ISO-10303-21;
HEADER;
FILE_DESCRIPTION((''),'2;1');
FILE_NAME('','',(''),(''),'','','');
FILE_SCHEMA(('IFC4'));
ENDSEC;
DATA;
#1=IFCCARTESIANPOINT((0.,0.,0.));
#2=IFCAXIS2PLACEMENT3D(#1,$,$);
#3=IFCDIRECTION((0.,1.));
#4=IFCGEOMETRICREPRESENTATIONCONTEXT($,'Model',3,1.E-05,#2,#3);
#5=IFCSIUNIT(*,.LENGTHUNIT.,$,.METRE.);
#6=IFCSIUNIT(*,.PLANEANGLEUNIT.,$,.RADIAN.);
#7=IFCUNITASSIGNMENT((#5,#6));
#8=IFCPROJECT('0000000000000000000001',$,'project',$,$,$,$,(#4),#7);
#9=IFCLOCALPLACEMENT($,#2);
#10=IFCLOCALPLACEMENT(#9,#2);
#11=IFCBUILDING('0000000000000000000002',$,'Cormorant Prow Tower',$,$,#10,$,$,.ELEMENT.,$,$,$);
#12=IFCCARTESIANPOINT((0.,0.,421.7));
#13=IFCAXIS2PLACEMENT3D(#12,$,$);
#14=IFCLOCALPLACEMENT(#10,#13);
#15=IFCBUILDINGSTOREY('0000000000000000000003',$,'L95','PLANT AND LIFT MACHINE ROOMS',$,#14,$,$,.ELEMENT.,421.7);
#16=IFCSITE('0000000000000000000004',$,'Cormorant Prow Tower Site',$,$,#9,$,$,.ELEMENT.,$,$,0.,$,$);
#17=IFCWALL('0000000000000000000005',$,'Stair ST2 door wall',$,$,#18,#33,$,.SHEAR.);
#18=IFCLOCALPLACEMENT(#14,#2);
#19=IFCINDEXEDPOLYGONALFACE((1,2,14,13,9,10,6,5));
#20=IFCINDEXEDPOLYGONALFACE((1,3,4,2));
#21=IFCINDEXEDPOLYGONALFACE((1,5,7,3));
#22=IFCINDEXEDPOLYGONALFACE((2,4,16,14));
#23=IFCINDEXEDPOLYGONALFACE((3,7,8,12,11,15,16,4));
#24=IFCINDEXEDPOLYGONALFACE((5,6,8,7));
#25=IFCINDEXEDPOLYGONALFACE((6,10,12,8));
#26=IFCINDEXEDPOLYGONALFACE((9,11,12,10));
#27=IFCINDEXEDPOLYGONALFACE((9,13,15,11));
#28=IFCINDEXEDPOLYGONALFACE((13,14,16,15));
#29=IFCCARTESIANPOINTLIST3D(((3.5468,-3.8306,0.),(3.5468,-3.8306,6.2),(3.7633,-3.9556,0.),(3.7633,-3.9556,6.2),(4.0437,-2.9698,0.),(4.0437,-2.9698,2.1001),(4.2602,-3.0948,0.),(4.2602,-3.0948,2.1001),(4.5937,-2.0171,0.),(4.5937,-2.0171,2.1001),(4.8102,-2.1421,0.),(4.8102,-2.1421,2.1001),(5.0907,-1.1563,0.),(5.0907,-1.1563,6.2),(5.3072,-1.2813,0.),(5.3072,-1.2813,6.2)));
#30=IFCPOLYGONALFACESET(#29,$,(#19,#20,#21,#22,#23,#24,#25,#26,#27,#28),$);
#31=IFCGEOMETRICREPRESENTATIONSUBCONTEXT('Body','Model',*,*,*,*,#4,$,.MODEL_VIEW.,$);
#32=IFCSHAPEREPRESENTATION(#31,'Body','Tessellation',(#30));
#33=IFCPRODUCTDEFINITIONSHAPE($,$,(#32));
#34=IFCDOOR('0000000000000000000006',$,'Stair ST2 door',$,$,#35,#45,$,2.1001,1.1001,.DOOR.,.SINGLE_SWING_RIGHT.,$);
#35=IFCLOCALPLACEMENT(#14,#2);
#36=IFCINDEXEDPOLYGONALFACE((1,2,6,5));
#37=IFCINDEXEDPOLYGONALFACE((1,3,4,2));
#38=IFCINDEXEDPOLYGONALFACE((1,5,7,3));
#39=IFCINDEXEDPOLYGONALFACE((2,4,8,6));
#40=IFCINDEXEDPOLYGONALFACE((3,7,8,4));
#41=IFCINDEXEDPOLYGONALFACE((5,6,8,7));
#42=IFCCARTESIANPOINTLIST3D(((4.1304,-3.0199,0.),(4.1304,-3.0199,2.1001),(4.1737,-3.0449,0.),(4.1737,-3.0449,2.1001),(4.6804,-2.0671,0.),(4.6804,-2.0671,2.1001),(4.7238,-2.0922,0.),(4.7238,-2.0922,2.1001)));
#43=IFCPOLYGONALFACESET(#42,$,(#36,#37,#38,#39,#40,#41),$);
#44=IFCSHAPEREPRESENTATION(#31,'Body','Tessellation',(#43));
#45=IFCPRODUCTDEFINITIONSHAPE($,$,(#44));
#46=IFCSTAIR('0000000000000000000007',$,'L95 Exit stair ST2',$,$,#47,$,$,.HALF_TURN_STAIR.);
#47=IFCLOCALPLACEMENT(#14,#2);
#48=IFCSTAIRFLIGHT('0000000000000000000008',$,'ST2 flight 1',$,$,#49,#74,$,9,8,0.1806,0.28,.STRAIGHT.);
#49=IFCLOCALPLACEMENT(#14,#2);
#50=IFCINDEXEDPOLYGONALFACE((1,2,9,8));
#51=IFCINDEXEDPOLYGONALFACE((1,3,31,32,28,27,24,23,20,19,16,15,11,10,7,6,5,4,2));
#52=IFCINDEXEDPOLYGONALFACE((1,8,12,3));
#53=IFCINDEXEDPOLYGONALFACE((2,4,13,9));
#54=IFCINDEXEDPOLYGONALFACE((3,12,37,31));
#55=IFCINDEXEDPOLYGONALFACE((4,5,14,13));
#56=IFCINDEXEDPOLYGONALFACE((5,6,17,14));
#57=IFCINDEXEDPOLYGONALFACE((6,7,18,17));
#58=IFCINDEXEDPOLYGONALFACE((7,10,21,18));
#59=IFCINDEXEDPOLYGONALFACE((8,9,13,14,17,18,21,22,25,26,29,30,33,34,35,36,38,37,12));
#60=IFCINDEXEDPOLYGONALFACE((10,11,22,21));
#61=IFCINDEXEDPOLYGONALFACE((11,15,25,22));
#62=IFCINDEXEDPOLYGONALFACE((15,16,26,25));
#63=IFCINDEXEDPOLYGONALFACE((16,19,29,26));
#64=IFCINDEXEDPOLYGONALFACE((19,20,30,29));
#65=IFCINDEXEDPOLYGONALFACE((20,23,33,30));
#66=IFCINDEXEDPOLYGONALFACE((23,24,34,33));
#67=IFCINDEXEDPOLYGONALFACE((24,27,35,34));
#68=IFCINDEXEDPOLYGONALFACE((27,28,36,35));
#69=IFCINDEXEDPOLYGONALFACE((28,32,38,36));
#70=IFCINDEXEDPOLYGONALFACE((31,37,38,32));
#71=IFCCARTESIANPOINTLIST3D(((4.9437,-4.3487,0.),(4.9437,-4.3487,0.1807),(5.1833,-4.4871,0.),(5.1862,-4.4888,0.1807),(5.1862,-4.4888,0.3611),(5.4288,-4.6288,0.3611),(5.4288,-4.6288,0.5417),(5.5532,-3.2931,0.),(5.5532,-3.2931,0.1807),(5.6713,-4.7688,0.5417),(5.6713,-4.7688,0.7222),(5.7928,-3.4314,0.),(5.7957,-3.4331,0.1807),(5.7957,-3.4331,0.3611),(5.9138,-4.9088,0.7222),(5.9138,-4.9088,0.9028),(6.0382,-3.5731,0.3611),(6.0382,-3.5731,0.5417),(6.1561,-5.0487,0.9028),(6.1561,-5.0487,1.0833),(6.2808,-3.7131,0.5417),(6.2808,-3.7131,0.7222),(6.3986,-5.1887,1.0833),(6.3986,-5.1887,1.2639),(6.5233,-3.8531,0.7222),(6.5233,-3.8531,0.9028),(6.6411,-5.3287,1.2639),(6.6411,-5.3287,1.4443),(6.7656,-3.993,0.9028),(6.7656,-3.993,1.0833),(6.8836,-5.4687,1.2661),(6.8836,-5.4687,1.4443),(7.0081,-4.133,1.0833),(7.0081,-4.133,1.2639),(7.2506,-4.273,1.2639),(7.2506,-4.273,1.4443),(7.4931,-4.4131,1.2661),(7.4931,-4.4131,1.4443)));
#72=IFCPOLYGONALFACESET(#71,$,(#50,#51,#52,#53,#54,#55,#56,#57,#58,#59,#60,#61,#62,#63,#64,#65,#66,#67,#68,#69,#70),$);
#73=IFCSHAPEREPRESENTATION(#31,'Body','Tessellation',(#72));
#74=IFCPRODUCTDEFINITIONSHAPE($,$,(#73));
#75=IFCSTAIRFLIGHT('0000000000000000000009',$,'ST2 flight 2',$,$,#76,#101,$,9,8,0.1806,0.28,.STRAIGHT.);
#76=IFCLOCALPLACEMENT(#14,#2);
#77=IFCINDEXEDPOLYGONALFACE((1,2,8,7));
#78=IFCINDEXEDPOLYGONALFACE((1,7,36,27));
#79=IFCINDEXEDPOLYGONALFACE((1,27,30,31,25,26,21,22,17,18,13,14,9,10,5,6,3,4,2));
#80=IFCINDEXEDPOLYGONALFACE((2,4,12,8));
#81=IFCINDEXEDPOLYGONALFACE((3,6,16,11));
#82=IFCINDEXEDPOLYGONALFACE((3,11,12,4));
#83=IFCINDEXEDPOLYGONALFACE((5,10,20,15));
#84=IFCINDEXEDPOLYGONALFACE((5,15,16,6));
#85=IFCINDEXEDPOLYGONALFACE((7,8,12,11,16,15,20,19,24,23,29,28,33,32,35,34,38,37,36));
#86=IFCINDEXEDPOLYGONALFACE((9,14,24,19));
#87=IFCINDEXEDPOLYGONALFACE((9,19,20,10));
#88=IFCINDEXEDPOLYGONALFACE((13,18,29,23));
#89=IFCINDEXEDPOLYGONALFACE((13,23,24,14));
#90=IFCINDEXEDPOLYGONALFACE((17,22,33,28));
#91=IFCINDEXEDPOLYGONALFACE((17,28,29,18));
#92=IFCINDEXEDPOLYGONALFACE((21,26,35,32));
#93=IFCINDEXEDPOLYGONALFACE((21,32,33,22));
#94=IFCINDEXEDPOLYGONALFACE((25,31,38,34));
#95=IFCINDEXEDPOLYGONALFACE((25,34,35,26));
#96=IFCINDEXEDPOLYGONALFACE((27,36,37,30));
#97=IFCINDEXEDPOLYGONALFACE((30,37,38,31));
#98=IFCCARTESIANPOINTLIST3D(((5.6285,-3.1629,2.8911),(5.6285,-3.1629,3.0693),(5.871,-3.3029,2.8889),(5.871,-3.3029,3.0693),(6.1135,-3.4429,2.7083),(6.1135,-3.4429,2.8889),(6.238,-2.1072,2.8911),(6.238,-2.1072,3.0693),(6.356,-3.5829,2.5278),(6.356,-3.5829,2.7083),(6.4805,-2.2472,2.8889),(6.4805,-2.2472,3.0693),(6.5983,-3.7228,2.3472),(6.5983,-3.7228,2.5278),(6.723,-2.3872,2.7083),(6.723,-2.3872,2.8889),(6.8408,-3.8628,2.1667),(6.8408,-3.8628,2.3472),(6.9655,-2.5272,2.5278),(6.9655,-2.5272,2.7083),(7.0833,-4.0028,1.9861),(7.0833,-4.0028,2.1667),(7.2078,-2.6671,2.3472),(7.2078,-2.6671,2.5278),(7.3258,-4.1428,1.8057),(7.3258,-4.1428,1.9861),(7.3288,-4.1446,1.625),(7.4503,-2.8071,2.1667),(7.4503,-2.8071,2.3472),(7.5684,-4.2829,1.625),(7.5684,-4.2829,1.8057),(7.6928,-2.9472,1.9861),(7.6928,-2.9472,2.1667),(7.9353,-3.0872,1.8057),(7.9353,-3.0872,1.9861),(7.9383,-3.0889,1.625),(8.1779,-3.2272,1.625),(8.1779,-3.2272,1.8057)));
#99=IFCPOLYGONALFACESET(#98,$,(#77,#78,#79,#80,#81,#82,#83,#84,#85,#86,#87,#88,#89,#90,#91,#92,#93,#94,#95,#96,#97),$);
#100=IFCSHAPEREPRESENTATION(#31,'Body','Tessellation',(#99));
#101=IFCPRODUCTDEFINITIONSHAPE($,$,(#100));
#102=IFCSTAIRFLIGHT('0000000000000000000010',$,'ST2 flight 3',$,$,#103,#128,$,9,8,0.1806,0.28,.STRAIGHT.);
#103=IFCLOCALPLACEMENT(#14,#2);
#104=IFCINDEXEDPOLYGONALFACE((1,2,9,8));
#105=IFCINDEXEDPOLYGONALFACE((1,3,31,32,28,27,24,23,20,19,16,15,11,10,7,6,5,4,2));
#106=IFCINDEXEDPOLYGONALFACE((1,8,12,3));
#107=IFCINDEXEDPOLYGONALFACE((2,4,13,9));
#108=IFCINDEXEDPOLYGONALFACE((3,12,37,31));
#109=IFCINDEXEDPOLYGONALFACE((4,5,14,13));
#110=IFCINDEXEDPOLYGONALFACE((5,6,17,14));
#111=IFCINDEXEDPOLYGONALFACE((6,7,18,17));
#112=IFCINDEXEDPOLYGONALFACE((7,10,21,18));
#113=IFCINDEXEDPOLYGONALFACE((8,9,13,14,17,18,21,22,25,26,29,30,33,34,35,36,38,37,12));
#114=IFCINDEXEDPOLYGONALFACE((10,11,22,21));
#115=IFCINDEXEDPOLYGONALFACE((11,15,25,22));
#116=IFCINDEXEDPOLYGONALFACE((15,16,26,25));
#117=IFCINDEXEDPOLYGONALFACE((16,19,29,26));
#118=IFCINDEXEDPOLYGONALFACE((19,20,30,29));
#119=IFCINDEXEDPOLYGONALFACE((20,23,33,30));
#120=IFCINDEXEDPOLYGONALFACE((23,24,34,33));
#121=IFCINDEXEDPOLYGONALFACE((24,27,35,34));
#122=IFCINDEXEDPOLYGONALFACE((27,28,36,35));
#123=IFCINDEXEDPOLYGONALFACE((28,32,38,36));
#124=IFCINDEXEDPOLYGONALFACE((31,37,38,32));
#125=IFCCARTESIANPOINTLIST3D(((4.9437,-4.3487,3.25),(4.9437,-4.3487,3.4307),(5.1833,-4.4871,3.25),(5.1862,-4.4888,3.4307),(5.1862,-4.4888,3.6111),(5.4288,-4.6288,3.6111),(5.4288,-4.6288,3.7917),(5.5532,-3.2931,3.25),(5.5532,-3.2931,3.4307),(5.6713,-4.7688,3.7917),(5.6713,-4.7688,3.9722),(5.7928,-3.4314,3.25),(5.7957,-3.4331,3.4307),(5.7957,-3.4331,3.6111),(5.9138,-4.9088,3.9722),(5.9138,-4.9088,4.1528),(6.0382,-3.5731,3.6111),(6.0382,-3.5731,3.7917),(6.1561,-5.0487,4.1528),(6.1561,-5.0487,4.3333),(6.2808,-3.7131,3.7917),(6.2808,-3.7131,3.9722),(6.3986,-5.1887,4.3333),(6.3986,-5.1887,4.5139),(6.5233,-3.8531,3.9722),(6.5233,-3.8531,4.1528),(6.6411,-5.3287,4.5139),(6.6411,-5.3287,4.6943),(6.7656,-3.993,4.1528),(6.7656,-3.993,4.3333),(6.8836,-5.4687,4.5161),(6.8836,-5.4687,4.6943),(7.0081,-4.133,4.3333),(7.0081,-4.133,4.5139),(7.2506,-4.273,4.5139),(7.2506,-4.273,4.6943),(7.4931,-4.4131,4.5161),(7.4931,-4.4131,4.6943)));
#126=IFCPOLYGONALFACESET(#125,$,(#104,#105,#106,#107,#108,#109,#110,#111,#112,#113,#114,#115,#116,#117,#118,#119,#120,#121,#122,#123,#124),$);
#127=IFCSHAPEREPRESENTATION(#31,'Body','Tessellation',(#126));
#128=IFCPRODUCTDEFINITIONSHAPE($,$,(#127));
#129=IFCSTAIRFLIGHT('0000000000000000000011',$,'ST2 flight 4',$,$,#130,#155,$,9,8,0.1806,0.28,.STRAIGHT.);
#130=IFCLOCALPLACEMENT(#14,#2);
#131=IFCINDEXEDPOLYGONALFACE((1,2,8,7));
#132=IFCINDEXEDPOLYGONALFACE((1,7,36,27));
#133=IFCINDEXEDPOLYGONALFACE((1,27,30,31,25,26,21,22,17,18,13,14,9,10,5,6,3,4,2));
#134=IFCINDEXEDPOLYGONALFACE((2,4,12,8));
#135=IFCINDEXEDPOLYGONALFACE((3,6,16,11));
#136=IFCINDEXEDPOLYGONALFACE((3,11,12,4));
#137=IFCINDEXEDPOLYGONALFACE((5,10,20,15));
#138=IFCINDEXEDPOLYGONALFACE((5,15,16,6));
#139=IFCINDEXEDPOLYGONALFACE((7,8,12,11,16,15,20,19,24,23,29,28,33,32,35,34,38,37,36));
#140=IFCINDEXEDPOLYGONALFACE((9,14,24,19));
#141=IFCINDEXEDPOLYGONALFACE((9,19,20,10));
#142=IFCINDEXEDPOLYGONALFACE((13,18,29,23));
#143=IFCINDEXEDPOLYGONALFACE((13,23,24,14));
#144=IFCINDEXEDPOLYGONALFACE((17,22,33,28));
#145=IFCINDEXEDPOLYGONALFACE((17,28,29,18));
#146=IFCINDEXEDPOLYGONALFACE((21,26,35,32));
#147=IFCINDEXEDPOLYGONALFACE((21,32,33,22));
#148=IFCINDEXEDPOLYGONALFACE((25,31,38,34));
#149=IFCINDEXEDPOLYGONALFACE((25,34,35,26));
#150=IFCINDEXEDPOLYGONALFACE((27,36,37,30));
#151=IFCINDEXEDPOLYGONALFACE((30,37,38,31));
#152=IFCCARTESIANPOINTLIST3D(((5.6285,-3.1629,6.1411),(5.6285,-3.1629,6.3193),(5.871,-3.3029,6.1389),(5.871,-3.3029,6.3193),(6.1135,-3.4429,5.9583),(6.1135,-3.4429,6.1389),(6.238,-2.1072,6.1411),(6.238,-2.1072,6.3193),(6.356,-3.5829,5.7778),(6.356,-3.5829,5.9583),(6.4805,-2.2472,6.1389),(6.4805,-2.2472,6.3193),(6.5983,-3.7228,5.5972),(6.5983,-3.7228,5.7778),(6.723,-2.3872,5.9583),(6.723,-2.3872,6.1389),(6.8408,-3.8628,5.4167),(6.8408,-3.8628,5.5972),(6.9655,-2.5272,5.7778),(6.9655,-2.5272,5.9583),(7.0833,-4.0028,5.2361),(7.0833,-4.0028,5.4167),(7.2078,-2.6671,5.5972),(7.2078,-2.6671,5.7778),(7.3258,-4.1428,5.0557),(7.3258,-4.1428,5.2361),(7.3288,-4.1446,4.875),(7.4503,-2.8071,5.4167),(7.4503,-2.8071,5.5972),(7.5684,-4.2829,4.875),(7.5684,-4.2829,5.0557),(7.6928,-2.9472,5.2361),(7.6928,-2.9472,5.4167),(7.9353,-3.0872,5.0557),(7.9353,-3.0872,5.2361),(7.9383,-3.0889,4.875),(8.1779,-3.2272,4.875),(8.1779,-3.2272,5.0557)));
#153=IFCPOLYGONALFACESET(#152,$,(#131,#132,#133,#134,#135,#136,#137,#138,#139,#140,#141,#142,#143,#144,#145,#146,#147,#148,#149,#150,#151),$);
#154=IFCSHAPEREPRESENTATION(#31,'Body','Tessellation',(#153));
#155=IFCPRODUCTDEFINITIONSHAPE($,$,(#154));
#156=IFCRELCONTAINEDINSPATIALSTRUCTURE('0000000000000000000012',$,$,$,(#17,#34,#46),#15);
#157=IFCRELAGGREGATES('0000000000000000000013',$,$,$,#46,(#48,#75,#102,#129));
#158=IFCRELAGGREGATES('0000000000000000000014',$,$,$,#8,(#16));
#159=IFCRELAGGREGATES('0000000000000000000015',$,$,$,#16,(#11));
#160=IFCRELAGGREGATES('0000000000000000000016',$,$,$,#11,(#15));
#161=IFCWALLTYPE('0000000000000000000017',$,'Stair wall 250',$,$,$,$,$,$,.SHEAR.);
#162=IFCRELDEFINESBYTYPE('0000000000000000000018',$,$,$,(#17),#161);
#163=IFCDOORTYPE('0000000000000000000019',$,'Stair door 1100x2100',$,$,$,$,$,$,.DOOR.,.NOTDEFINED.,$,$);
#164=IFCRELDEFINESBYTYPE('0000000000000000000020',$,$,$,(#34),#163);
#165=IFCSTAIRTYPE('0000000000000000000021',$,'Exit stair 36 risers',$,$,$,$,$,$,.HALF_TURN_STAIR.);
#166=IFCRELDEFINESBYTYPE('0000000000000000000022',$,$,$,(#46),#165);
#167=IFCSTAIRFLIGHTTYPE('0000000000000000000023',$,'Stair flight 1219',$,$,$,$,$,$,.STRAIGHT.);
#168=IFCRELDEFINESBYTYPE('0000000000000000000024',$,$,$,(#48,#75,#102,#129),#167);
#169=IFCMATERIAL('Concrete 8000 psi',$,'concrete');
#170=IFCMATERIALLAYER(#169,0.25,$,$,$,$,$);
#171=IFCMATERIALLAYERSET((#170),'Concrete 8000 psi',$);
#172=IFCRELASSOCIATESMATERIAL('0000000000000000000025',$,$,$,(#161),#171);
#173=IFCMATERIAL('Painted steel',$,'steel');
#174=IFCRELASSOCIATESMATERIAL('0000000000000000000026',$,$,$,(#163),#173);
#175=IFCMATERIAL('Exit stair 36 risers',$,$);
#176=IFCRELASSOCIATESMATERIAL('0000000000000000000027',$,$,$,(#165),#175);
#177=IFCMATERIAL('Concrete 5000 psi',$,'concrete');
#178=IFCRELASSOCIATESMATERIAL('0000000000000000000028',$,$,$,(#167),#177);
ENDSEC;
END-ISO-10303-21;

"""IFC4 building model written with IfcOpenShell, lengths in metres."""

from ifc_helpers import new_model, si_unit, direction, frame, frame_2d, origin, place, context, subcontext, project, spatial, polyline, rectangle, outline, extrude, material, layer, layer_set, type_object, element, fill, aggregate, save


model = new_model("IFC4")

# Units and contexts
model_context = context("Model", 3, precision=1e-05, world=origin(), true_north=direction((0.0, 1.0)))
body_context = subcontext(model_context, "Body", "Model", "MODEL_VIEW")
ifc_project = project(units=[si_unit("LENGTHUNIT", "METRE"), si_unit("PLANEANGLEUNIT", "RADIAN")], contexts=[model_context])

# Site, building, storey
site_placement = place(None, origin())
site = spatial("IfcSite", under=ifc_project, at=site_placement, Name="Cormorant Prow Tower Site", CompositionType="ELEMENT", RefElevation=0.0)
building_placement = place(site_placement, origin())
building = spatial("IfcBuilding", under=site, at=building_placement, Name="Cormorant Prow Tower", CompositionType="ELEMENT")
storey_placement = place(building_placement, frame((0.0, 0.0, 421.7)))
storey = spatial("IfcBuildingStorey", under=building, at=storey_placement, Name="L95", Description="PLANT AND LIFT MACHINE ROOMS", CompositionType="ELEMENT", Elevation=421.7)

# Wall, opening, door
ifc_material_1 = material(Name="Concrete 8000 psi", Category="concrete")
ifc_layer_1 = layer(ifc_material_1, 0.25)
ifc_layer_set_1 = layer_set([ifc_layer_1], Name="Concrete 8000 psi")
wall_type_1 = type_object("IfcWallType", Name="Stair wall 250", PredefinedType="SHEAR", material=ifc_layer_set_1)
wall_1_placement = place(storey_placement, frame((3.655, -3.8931, 0.0), z_axis=(0.0, 0.0, 1.0), x_axis=(0.499983, 0.866035, 0.0)))
wall_1 = element("IfcWall", 1, at=wall_1_placement, inside=storey, type_object=wall_type_1, Name="Stair ST2 door wall", PredefinedType="SHEAR", context=body_context, shape_type="SweptSolid", body=[
    extrude(rectangle(XDim=3.0879, YDim=0.25, at=frame_2d((1.5439, 0.0))), origin(), (0.0, 0.0, 1.0), 6.2),
])
opening_1_placement = place(wall_1_placement, frame((0.9939, 0.0, 0.0)))
opening_1 = element("IfcOpeningElement", 2, at=opening_1_placement, cuts=wall_1, PredefinedType="OPENING", context=body_context, shape_type="SweptSolid", body=[
    extrude(rectangle(XDim=1.1001, YDim=2.1001, at=frame_2d((0.55, 1.05))), frame((0.0, 0.135, 0.0), z_axis=(0.0, -1.0, 0.0), x_axis=(1.0, 0.0, 0.0)), (0.0, 0.0, 1.0), 0.27),
])
ifc_material_2 = material(Name="Painted steel", Category="steel")
door_type_1 = type_object("IfcDoorType", Name="Stair door 1100x2100", OperationType="NOTDEFINED", PredefinedType="DOOR", material=ifc_material_2)
door_1_placement = place(opening_1_placement, origin())
door_1 = element("IfcDoor", 3, at=door_1_placement, inside=storey, type_object=door_type_1, Name="Stair ST2 door", OperationType="SINGLE_SWING_RIGHT", OverallHeight=2.1001, OverallWidth=1.1001, PredefinedType="DOOR", context=body_context, shape_type="SweptSolid", body=[
    extrude(rectangle(XDim=1.1001, YDim=2.1001, at=frame_2d((0.55, 1.05))), frame((0.0, 0.0249, 0.0), z_axis=(0.0, -1.0, 0.0), x_axis=(1.0, 0.0, 0.0)), (0.0, 0.0, 1.0), 0.05),
])
fill(opening_1, door_1)

# Stair, stair flights
ifc_material_3 = material(Name="Exit stair 36 risers")
stair_type = type_object("IfcStairType", Name="Exit stair 36 risers", PredefinedType="HALF_TURN_STAIR", material=ifc_material_3)
stair_placement = place(storey_placement, origin())
stair = element("IfcStair", 4, at=stair_placement, inside=storey, type_object=stair_type, Name="L95 Exit stair ST2", PredefinedType="HALF_TURN_STAIR")
ifc_material_4 = material(Name="Concrete 5000 psi", Category="concrete")
stair_flight_type = type_object("IfcStairFlightType", Name="Stair flight 1219", PredefinedType="STRAIGHT", material=ifc_material_4)
stair_flight_1_placement = place(storey_placement, frame((5.2485, -3.8208, 0.0), z_axis=(0.0, 0.0, 1.0), x_axis=(0.866025, -0.5, 0.0)))
stair_flight_1 = element("IfcStairFlight", 5, at=stair_flight_1_placement, type_object=stair_flight_type, Name="ST2 flight 1", NumberOfRisers=9, NumberOfTreads=8, PredefinedType="STRAIGHT", RiserHeight=0.1806, TreadLength=0.28, context=body_context, shape_type="SweptSolid", body=[
    extrude(outline(polyline([(0.0, 0.0), (0.0, 0.1807), (0.28, 0.1807), (0.28, 0.3611), (0.5601, 0.3611), (0.5601, 0.5417), (0.8401, 0.5417), (0.8401, 0.7222), (1.1201, 0.7222), (1.1201, 0.9028), (1.3999, 0.9028), (1.3999, 1.0833), (1.6799, 1.0833), (1.6799, 1.2639), (1.96, 1.2639), (1.96, 1.4443), (2.24, 1.4443), (2.24, 1.625), (2.24, 1.2661), (0.2766, 0.0), (0.0, 0.0)])), frame((0.0, 0.6094, 0.0), z_axis=(0.0, -1.0, 0.0), x_axis=(1.0, 0.0, 0.0)), (0.0, 0.0, 1.0), 1.219),
])
stair_flight_2_placement = place(storey_placement, frame((7.873, -3.7551, 1.625), z_axis=(0.0, 0.0, 1.0), x_axis=(-0.866025, 0.5, 0.0)))
stair_flight_2 = element("IfcStairFlight", 6, at=stair_flight_2_placement, type_object=stair_flight_type, Name="ST2 flight 2", NumberOfRisers=9, NumberOfTreads=8, PredefinedType="STRAIGHT", RiserHeight=0.1806, TreadLength=0.28, context=body_context, shape_type="SweptSolid", body=[
    extrude(outline(polyline([(0.0, 0.0), (0.0, 0.1807), (0.28, 0.1807), (0.28, 0.3611), (0.5601, 0.3611), (0.5601, 0.5417), (0.8401, 0.5417), (0.8401, 0.7222), (1.1201, 0.7222), (1.1201, 0.9028), (1.3999, 0.9028), (1.3999, 1.0833), (1.6799, 1.0833), (1.6799, 1.2639), (1.96, 1.2639), (1.96, 1.4443), (2.24, 1.4443), (2.24, 1.625), (2.24, 1.2661), (0.2766, 0.0), (0.0, 0.0)])), frame((0.0, 0.6094, 0.0), z_axis=(0.0, -1.0, 0.0), x_axis=(1.0, 0.0, 0.0)), (0.0, 0.0, 1.0), 1.219),
])
stair_flight_3_placement = place(storey_placement, frame((5.2485, -3.8208, 3.25), z_axis=(0.0, 0.0, 1.0), x_axis=(0.866025, -0.5, 0.0)))
stair_flight_3 = element("IfcStairFlight", 7, at=stair_flight_3_placement, type_object=stair_flight_type, Name="ST2 flight 3", NumberOfRisers=9, NumberOfTreads=8, PredefinedType="STRAIGHT", RiserHeight=0.1806, TreadLength=0.28, context=body_context, shape_type="SweptSolid", body=[
    extrude(outline(polyline([(0.0, 0.0), (0.0, 0.1807), (0.28, 0.1807), (0.28, 0.3611), (0.5601, 0.3611), (0.5601, 0.5417), (0.8401, 0.5417), (0.8401, 0.7222), (1.1201, 0.7222), (1.1201, 0.9028), (1.3999, 0.9028), (1.3999, 1.0833), (1.6799, 1.0833), (1.6799, 1.2639), (1.96, 1.2639), (1.96, 1.4443), (2.24, 1.4443), (2.24, 1.625), (2.24, 1.2661), (0.2766, 0.0), (0.0, 0.0)])), frame((0.0, 0.6094, 0.0), z_axis=(0.0, -1.0, 0.0), x_axis=(1.0, 0.0, 0.0)), (0.0, 0.0, 1.0), 1.219),
])
stair_flight_4_placement = place(storey_placement, frame((7.873, -3.7551, 4.875), z_axis=(0.0, 0.0, 1.0), x_axis=(-0.866025, 0.5, 0.0)))
stair_flight_4 = element("IfcStairFlight", 8, at=stair_flight_4_placement, type_object=stair_flight_type, Name="ST2 flight 4", NumberOfRisers=9, NumberOfTreads=8, PredefinedType="STRAIGHT", RiserHeight=0.1806, TreadLength=0.28, context=body_context, shape_type="SweptSolid", body=[
    extrude(outline(polyline([(0.0, 0.0), (0.0, 0.1807), (0.28, 0.1807), (0.28, 0.3611), (0.5601, 0.3611), (0.5601, 0.5417), (0.8401, 0.5417), (0.8401, 0.7222), (1.1201, 0.7222), (1.1201, 0.9028), (1.3999, 0.9028), (1.3999, 1.0833), (1.6799, 1.0833), (1.6799, 1.2639), (1.96, 1.2639), (1.96, 1.4443), (2.24, 1.4443), (2.24, 1.625), (2.24, 1.2661), (0.2766, 0.0), (0.0, 0.0)])), frame((0.0, 0.6094, 0.0), z_axis=(0.0, -1.0, 0.0), x_axis=(1.0, 0.0, 0.0)), (0.0, 0.0, 1.0), 1.219),
])
aggregate(stair, [stair_flight_1, stair_flight_2, stair_flight_3, stair_flight_4])

save(model, "model.ifc")
